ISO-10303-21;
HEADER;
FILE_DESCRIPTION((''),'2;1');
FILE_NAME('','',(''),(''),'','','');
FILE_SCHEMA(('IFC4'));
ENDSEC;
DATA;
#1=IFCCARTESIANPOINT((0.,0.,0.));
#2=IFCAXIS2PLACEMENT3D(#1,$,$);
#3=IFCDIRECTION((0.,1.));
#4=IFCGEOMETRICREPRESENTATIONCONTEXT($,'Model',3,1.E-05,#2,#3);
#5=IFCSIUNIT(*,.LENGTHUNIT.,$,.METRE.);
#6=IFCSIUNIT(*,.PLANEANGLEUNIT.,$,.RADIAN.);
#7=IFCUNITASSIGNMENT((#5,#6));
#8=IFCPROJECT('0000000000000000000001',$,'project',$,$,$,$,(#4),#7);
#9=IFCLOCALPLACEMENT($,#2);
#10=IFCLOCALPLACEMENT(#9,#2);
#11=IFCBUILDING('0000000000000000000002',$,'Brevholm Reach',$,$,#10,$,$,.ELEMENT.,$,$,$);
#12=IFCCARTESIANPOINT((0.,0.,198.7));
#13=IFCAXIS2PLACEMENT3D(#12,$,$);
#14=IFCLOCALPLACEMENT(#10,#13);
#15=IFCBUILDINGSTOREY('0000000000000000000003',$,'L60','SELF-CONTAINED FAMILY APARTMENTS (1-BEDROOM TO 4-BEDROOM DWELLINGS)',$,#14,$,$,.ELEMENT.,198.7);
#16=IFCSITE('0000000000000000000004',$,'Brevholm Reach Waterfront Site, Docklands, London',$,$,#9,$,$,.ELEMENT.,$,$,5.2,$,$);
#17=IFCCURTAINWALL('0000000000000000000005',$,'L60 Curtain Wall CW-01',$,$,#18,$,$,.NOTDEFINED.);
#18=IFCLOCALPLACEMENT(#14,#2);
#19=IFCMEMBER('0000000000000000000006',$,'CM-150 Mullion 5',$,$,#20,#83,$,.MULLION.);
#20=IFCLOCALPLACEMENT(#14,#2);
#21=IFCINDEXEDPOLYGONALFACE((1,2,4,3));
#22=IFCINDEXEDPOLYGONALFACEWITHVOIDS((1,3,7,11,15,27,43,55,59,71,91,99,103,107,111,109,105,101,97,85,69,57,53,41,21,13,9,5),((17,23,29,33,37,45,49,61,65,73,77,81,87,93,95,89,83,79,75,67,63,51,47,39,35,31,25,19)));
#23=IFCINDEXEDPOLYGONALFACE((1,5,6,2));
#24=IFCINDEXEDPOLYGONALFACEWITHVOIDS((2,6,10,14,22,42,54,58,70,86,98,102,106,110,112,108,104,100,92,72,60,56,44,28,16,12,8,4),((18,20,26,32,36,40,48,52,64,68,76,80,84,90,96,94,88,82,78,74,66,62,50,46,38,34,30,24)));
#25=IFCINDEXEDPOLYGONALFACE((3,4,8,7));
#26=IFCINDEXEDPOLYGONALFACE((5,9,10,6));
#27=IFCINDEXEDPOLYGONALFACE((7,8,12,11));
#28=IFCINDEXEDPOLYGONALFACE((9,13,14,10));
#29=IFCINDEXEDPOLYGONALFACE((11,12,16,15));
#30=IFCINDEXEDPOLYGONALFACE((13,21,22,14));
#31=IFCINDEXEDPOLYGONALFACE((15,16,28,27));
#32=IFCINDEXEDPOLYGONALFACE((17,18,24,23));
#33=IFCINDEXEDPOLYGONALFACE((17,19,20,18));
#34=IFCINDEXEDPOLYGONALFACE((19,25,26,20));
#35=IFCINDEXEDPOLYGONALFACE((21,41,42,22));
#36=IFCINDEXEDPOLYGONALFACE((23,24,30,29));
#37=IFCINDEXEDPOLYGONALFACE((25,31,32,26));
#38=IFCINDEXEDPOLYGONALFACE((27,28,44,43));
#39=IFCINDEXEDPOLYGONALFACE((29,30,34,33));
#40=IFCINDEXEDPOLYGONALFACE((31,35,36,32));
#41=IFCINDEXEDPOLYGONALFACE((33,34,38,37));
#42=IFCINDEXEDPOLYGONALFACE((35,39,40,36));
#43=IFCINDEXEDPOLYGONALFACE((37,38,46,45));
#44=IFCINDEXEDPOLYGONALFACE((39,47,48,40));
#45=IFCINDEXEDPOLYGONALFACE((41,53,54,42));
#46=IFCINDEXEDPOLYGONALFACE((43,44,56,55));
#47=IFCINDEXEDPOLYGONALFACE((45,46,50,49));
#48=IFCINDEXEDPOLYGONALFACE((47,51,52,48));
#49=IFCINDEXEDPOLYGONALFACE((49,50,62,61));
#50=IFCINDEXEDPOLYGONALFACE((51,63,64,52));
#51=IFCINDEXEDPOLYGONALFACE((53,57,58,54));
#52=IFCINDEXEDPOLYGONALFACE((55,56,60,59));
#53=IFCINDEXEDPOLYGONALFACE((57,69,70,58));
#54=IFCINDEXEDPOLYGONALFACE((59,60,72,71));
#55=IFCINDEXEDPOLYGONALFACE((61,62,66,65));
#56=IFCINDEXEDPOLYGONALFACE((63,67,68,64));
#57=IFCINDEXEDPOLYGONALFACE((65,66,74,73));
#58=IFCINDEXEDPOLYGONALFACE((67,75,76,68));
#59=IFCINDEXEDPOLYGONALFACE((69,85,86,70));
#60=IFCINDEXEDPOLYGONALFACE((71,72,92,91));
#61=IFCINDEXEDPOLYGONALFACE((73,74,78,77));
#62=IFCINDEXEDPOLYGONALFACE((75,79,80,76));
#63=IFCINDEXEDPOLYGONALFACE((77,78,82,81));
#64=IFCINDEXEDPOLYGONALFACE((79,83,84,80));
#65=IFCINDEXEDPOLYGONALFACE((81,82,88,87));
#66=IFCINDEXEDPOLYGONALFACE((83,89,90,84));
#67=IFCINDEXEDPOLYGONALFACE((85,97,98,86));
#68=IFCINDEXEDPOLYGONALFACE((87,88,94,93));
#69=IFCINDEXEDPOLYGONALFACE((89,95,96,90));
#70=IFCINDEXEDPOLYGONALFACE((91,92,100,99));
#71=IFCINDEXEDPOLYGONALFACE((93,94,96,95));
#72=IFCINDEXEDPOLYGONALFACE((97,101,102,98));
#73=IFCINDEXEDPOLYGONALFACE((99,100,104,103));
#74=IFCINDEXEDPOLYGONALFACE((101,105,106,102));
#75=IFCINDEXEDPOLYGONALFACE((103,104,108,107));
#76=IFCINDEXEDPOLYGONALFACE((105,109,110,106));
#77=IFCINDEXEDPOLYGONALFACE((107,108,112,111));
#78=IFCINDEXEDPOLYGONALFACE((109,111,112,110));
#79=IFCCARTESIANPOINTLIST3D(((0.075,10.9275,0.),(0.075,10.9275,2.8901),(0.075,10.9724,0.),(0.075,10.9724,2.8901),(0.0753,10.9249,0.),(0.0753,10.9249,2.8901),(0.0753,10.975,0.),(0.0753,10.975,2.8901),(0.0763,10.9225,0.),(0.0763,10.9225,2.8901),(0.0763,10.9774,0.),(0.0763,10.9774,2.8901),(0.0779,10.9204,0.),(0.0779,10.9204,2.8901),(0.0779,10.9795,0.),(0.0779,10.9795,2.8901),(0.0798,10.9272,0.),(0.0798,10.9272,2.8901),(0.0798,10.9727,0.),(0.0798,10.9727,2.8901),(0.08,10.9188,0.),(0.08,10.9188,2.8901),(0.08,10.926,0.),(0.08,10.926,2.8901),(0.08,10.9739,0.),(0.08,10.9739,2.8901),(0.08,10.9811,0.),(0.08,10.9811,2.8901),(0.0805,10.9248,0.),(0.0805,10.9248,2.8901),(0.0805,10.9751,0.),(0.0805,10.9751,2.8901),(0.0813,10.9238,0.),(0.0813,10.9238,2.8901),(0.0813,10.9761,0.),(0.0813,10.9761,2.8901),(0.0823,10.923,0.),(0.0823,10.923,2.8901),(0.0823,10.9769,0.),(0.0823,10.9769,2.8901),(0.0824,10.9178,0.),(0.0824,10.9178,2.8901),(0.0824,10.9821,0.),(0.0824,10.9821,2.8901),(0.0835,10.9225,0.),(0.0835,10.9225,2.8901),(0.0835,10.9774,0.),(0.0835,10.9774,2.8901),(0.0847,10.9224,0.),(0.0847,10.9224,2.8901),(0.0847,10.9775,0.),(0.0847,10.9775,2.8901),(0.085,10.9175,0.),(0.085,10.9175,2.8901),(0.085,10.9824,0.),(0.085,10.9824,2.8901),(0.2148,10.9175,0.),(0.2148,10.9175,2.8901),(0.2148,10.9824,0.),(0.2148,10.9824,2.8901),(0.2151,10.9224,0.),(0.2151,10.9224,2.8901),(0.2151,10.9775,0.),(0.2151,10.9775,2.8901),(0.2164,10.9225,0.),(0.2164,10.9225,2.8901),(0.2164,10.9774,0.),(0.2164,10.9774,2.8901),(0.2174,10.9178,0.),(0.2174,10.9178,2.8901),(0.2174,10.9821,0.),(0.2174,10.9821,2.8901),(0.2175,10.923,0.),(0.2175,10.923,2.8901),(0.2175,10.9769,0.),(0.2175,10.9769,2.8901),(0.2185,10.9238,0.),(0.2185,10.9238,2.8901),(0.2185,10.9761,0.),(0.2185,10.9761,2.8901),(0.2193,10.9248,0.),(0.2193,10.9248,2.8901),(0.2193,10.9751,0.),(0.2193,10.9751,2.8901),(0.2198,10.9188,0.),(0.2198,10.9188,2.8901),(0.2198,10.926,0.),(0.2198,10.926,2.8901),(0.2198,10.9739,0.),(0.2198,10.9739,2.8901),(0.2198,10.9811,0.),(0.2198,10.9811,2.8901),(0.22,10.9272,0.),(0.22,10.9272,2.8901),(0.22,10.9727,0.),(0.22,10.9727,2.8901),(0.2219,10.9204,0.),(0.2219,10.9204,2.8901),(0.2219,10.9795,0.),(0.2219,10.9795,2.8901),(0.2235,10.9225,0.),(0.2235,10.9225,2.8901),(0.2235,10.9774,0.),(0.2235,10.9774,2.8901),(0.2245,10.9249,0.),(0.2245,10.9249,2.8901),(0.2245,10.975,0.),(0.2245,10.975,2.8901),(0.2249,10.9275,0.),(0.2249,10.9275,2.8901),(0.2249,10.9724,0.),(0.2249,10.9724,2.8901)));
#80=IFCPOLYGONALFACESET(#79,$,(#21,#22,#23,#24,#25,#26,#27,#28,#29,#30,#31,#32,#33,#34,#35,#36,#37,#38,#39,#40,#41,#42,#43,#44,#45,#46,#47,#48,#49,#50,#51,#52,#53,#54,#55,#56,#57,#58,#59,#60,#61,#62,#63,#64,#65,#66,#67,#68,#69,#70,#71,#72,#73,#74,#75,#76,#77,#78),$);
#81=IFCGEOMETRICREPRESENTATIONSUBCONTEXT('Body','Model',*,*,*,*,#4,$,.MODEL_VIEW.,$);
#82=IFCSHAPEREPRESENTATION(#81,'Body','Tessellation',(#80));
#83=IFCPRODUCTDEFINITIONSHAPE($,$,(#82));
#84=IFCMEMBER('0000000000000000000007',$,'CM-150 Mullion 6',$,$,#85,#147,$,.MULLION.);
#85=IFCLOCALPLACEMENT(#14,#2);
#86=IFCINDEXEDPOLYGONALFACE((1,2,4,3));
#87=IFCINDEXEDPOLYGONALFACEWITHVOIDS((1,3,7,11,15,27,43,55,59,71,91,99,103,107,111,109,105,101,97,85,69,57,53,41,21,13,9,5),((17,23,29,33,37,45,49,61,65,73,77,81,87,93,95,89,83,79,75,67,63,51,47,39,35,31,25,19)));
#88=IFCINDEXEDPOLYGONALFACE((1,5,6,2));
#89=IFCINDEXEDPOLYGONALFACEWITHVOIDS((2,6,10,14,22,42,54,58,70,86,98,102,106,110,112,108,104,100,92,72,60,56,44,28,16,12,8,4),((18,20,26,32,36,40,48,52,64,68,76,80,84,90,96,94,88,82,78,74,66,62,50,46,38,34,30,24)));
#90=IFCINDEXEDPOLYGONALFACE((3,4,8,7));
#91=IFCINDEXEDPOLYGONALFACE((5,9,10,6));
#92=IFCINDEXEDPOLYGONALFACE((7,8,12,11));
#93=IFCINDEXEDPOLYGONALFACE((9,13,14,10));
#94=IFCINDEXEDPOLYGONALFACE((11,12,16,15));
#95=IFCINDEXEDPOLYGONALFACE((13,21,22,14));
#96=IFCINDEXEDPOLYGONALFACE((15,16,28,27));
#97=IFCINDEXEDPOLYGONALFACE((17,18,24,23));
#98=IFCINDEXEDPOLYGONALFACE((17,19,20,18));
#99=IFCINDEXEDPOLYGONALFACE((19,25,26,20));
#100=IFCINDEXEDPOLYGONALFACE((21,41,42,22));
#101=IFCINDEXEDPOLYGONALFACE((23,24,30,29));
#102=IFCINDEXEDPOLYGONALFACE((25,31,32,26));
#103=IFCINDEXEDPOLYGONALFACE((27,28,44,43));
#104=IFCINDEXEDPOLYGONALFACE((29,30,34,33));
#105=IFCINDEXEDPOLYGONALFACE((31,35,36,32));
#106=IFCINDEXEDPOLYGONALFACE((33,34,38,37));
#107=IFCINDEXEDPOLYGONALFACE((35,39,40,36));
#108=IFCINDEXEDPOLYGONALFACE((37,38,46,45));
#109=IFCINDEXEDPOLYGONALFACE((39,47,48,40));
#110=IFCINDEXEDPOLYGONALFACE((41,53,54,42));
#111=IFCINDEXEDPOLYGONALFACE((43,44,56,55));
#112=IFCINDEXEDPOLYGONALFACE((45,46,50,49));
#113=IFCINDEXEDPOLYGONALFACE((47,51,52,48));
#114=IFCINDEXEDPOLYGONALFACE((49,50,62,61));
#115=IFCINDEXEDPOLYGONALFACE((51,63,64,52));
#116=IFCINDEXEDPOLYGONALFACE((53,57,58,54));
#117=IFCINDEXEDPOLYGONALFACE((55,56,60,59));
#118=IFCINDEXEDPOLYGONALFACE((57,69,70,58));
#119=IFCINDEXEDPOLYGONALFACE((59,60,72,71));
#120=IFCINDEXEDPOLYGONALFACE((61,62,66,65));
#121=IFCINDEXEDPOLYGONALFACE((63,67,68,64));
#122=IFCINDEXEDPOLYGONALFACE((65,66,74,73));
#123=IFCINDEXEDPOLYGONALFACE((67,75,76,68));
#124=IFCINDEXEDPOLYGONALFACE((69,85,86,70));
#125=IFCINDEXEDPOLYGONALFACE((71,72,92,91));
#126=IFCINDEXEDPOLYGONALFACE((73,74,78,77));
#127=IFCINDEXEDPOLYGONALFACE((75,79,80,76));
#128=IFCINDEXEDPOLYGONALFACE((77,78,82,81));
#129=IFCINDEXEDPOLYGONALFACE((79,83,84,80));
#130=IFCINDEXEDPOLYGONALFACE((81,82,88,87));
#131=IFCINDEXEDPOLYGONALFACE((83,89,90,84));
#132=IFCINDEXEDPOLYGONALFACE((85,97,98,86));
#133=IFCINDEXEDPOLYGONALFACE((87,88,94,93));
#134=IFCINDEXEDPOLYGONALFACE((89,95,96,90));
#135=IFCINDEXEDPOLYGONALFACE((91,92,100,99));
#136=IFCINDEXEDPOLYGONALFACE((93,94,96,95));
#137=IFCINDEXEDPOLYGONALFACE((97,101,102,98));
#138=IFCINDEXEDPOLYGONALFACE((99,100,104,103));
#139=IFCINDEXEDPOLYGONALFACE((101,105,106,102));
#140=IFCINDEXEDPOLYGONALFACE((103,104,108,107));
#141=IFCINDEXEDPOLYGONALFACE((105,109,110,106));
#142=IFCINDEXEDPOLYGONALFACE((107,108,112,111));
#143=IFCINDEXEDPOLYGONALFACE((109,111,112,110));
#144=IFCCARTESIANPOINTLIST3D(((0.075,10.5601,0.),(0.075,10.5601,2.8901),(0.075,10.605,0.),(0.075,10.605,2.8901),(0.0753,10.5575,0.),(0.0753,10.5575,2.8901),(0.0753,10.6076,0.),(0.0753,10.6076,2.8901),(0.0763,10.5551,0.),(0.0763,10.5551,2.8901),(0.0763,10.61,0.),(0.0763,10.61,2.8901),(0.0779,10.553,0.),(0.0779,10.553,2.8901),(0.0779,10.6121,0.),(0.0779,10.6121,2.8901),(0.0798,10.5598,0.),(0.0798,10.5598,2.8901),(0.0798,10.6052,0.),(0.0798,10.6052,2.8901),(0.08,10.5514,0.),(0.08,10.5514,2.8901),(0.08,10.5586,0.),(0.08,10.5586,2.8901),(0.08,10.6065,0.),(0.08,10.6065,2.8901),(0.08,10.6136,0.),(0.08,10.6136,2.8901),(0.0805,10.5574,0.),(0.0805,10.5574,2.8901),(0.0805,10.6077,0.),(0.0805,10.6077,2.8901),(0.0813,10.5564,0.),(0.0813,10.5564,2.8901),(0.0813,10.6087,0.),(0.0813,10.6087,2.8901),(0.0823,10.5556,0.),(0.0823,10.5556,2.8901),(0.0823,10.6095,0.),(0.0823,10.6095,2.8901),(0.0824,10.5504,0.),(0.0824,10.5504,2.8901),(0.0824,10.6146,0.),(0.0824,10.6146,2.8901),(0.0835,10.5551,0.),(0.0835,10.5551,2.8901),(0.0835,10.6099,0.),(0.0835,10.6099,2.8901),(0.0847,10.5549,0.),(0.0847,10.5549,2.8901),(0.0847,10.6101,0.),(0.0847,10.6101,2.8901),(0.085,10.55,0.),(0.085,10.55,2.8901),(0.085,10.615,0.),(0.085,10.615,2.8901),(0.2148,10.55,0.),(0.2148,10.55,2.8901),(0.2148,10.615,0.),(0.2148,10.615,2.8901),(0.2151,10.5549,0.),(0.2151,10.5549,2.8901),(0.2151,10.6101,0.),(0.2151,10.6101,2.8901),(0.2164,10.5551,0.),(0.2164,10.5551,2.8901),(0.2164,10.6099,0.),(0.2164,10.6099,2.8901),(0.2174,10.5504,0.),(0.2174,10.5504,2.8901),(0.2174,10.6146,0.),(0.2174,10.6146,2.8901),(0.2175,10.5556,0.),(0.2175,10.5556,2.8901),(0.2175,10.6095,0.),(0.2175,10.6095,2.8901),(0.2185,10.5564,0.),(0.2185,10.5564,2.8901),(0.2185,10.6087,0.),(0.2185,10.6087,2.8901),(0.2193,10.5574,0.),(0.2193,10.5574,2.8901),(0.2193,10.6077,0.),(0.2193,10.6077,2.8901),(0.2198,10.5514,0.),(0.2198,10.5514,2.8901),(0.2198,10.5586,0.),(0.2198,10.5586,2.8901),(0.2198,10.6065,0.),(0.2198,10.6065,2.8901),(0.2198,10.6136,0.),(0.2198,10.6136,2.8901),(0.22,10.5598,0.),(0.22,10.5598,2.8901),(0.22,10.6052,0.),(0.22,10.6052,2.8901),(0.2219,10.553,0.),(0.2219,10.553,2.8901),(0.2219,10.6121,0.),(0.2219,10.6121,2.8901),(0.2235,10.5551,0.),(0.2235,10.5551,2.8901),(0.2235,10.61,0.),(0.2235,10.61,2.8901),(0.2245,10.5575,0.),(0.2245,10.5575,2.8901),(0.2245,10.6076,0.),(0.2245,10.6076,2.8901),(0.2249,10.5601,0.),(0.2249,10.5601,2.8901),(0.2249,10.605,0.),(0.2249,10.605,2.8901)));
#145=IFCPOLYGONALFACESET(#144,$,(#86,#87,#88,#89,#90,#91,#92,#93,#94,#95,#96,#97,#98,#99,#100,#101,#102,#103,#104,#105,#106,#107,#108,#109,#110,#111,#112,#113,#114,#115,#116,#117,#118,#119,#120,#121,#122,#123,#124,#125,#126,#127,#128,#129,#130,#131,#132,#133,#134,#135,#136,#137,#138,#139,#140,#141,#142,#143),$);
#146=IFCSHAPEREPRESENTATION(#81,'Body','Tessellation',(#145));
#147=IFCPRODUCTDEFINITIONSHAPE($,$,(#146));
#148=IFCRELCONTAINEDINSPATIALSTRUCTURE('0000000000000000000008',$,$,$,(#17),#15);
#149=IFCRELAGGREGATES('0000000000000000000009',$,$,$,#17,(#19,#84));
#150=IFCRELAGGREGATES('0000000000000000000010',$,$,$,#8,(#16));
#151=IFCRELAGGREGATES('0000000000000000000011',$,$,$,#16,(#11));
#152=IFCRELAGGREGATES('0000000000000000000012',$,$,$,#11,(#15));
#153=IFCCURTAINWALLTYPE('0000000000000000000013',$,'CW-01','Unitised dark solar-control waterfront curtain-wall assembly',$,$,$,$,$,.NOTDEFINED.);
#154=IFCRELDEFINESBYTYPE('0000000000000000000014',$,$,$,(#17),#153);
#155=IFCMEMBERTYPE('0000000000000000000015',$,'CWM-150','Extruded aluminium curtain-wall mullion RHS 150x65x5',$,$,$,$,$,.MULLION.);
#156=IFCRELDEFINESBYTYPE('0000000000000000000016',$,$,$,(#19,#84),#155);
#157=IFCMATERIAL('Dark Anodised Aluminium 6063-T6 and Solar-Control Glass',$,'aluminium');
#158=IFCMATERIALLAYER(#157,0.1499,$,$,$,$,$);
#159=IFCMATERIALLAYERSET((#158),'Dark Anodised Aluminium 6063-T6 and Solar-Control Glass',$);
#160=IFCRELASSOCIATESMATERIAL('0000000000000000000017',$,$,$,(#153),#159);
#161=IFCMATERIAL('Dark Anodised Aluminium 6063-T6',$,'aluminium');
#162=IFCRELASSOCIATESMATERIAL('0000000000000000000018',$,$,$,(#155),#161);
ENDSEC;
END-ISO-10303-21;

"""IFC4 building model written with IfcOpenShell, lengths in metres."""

from ifc_helpers import new_model, si_unit, direction, frame, origin, origin_2d, place, context, subcontext, project, spatial, hollow_rectangle, extrude, material, layer, layer_set, material_profile, profile_set, type_object, element, aggregate, save


model = new_model("IFC4")

# Units and contexts
model_context = context("Model", 3, precision=1e-05, world=origin(), true_north=direction((0.0, 1.0)))
body_context = subcontext(model_context, "Body", "Model", "MODEL_VIEW")
ifc_project = project(units=[si_unit("LENGTHUNIT", "METRE"), si_unit("PLANEANGLEUNIT", "RADIAN")], contexts=[model_context])

# Site, building, storey
site_placement = place(None, origin())
site = spatial("IfcSite", under=ifc_project, at=site_placement, Name="Brevholm Reach Waterfront Site, Docklands, London", CompositionType="ELEMENT", RefElevation=5.2)
building_placement = place(site_placement, origin())
building = spatial("IfcBuilding", under=site, at=building_placement, Name="Brevholm Reach", CompositionType="ELEMENT")
storey_placement = place(building_placement, frame((0.0, 0.0, 198.7)))
storey = spatial("IfcBuildingStorey", under=building, at=storey_placement, Name="L60", Description="SELF-CONTAINED FAMILY APARTMENTS (1-BEDROOM TO 4-BEDROOM DWELLINGS)", CompositionType="ELEMENT", Elevation=198.7)

# Curtain wall, members
ifc_material_1 = material(Name="Dark Anodised Aluminium 6063-T6 and Solar-Control Glass", Category="aluminium")
ifc_layer_1 = layer(ifc_material_1, 0.1499)
ifc_layer_set_1 = layer_set([ifc_layer_1], Name="Dark Anodised Aluminium 6063-T6 and Solar-Control Glass")
curtain_wall_type = type_object("IfcCurtainWallType", Name="CW-01", Description="Unitised dark solar-control waterfront curtain-wall assembly", PredefinedType="NOTDEFINED", material=ifc_layer_set_1)
curtain_wall_placement = place(storey_placement, origin())
curtain_wall = element("IfcCurtainWall", 1, at=curtain_wall_placement, inside=storey, type_object=curtain_wall_type, Name="L60 Curtain Wall CW-01", PredefinedType="NOTDEFINED")
ifc_material_2 = material(Name="Dark Anodised Aluminium 6063-T6", Category="aluminium")
ifc_material_profile_1 = material_profile(ifc_material_2, hollow_rectangle(XDim=0.0649, YDim=0.1499, WallThickness=0.0049, InnerFilletRadius=0.0049, OuterFilletRadius=0.01, at=origin_2d()), Name="RHS 150x65x5")
ifc_profile_set_1 = profile_set([ifc_material_profile_1], Name="Dark Anodised Aluminium 6063-T6")
member_type_1 = type_object("IfcMemberType", Name="CWM-150", Description="Extruded aluminium curtain-wall mullion RHS 150x65x5", PredefinedType="MULLION", material=ifc_profile_set_1)
member_1_placement = place(storey_placement, frame((0.1499, 10.95, 0.0), z_axis=(0.0, 0.0, 1.0), x_axis=(0.0, -1.0, 0.0)))
member_1 = element("IfcMember", 2, at=member_1_placement, type_object=member_type_1, Name="CM-150 Mullion 5", PredefinedType="MULLION", context=body_context, shape_type="SweptSolid", body=[
    extrude(hollow_rectangle(XDim=0.0649, YDim=0.1499, WallThickness=0.0049, InnerFilletRadius=0.0049, OuterFilletRadius=0.01, at=origin_2d()), origin(), (0.0, 0.0, 1.0), 2.8901),
])
member_2_placement = place(storey_placement, frame((0.1499, 10.5825, 0.0), z_axis=(0.0, 0.0, 1.0), x_axis=(0.0, -1.0, 0.0)))
member_2 = element("IfcMember", 3, at=member_2_placement, type_object=member_type_1, Name="CM-150 Mullion 6", PredefinedType="MULLION", context=body_context, shape_type="SweptSolid", body=[
    extrude(hollow_rectangle(XDim=0.0649, YDim=0.1499, WallThickness=0.0049, InnerFilletRadius=0.0049, OuterFilletRadius=0.01, at=origin_2d()), origin(), (0.0, 0.0, 1.0), 2.8901),
])
aggregate(curtain_wall, [member_1, member_2])

save(model, "model.ifc")
